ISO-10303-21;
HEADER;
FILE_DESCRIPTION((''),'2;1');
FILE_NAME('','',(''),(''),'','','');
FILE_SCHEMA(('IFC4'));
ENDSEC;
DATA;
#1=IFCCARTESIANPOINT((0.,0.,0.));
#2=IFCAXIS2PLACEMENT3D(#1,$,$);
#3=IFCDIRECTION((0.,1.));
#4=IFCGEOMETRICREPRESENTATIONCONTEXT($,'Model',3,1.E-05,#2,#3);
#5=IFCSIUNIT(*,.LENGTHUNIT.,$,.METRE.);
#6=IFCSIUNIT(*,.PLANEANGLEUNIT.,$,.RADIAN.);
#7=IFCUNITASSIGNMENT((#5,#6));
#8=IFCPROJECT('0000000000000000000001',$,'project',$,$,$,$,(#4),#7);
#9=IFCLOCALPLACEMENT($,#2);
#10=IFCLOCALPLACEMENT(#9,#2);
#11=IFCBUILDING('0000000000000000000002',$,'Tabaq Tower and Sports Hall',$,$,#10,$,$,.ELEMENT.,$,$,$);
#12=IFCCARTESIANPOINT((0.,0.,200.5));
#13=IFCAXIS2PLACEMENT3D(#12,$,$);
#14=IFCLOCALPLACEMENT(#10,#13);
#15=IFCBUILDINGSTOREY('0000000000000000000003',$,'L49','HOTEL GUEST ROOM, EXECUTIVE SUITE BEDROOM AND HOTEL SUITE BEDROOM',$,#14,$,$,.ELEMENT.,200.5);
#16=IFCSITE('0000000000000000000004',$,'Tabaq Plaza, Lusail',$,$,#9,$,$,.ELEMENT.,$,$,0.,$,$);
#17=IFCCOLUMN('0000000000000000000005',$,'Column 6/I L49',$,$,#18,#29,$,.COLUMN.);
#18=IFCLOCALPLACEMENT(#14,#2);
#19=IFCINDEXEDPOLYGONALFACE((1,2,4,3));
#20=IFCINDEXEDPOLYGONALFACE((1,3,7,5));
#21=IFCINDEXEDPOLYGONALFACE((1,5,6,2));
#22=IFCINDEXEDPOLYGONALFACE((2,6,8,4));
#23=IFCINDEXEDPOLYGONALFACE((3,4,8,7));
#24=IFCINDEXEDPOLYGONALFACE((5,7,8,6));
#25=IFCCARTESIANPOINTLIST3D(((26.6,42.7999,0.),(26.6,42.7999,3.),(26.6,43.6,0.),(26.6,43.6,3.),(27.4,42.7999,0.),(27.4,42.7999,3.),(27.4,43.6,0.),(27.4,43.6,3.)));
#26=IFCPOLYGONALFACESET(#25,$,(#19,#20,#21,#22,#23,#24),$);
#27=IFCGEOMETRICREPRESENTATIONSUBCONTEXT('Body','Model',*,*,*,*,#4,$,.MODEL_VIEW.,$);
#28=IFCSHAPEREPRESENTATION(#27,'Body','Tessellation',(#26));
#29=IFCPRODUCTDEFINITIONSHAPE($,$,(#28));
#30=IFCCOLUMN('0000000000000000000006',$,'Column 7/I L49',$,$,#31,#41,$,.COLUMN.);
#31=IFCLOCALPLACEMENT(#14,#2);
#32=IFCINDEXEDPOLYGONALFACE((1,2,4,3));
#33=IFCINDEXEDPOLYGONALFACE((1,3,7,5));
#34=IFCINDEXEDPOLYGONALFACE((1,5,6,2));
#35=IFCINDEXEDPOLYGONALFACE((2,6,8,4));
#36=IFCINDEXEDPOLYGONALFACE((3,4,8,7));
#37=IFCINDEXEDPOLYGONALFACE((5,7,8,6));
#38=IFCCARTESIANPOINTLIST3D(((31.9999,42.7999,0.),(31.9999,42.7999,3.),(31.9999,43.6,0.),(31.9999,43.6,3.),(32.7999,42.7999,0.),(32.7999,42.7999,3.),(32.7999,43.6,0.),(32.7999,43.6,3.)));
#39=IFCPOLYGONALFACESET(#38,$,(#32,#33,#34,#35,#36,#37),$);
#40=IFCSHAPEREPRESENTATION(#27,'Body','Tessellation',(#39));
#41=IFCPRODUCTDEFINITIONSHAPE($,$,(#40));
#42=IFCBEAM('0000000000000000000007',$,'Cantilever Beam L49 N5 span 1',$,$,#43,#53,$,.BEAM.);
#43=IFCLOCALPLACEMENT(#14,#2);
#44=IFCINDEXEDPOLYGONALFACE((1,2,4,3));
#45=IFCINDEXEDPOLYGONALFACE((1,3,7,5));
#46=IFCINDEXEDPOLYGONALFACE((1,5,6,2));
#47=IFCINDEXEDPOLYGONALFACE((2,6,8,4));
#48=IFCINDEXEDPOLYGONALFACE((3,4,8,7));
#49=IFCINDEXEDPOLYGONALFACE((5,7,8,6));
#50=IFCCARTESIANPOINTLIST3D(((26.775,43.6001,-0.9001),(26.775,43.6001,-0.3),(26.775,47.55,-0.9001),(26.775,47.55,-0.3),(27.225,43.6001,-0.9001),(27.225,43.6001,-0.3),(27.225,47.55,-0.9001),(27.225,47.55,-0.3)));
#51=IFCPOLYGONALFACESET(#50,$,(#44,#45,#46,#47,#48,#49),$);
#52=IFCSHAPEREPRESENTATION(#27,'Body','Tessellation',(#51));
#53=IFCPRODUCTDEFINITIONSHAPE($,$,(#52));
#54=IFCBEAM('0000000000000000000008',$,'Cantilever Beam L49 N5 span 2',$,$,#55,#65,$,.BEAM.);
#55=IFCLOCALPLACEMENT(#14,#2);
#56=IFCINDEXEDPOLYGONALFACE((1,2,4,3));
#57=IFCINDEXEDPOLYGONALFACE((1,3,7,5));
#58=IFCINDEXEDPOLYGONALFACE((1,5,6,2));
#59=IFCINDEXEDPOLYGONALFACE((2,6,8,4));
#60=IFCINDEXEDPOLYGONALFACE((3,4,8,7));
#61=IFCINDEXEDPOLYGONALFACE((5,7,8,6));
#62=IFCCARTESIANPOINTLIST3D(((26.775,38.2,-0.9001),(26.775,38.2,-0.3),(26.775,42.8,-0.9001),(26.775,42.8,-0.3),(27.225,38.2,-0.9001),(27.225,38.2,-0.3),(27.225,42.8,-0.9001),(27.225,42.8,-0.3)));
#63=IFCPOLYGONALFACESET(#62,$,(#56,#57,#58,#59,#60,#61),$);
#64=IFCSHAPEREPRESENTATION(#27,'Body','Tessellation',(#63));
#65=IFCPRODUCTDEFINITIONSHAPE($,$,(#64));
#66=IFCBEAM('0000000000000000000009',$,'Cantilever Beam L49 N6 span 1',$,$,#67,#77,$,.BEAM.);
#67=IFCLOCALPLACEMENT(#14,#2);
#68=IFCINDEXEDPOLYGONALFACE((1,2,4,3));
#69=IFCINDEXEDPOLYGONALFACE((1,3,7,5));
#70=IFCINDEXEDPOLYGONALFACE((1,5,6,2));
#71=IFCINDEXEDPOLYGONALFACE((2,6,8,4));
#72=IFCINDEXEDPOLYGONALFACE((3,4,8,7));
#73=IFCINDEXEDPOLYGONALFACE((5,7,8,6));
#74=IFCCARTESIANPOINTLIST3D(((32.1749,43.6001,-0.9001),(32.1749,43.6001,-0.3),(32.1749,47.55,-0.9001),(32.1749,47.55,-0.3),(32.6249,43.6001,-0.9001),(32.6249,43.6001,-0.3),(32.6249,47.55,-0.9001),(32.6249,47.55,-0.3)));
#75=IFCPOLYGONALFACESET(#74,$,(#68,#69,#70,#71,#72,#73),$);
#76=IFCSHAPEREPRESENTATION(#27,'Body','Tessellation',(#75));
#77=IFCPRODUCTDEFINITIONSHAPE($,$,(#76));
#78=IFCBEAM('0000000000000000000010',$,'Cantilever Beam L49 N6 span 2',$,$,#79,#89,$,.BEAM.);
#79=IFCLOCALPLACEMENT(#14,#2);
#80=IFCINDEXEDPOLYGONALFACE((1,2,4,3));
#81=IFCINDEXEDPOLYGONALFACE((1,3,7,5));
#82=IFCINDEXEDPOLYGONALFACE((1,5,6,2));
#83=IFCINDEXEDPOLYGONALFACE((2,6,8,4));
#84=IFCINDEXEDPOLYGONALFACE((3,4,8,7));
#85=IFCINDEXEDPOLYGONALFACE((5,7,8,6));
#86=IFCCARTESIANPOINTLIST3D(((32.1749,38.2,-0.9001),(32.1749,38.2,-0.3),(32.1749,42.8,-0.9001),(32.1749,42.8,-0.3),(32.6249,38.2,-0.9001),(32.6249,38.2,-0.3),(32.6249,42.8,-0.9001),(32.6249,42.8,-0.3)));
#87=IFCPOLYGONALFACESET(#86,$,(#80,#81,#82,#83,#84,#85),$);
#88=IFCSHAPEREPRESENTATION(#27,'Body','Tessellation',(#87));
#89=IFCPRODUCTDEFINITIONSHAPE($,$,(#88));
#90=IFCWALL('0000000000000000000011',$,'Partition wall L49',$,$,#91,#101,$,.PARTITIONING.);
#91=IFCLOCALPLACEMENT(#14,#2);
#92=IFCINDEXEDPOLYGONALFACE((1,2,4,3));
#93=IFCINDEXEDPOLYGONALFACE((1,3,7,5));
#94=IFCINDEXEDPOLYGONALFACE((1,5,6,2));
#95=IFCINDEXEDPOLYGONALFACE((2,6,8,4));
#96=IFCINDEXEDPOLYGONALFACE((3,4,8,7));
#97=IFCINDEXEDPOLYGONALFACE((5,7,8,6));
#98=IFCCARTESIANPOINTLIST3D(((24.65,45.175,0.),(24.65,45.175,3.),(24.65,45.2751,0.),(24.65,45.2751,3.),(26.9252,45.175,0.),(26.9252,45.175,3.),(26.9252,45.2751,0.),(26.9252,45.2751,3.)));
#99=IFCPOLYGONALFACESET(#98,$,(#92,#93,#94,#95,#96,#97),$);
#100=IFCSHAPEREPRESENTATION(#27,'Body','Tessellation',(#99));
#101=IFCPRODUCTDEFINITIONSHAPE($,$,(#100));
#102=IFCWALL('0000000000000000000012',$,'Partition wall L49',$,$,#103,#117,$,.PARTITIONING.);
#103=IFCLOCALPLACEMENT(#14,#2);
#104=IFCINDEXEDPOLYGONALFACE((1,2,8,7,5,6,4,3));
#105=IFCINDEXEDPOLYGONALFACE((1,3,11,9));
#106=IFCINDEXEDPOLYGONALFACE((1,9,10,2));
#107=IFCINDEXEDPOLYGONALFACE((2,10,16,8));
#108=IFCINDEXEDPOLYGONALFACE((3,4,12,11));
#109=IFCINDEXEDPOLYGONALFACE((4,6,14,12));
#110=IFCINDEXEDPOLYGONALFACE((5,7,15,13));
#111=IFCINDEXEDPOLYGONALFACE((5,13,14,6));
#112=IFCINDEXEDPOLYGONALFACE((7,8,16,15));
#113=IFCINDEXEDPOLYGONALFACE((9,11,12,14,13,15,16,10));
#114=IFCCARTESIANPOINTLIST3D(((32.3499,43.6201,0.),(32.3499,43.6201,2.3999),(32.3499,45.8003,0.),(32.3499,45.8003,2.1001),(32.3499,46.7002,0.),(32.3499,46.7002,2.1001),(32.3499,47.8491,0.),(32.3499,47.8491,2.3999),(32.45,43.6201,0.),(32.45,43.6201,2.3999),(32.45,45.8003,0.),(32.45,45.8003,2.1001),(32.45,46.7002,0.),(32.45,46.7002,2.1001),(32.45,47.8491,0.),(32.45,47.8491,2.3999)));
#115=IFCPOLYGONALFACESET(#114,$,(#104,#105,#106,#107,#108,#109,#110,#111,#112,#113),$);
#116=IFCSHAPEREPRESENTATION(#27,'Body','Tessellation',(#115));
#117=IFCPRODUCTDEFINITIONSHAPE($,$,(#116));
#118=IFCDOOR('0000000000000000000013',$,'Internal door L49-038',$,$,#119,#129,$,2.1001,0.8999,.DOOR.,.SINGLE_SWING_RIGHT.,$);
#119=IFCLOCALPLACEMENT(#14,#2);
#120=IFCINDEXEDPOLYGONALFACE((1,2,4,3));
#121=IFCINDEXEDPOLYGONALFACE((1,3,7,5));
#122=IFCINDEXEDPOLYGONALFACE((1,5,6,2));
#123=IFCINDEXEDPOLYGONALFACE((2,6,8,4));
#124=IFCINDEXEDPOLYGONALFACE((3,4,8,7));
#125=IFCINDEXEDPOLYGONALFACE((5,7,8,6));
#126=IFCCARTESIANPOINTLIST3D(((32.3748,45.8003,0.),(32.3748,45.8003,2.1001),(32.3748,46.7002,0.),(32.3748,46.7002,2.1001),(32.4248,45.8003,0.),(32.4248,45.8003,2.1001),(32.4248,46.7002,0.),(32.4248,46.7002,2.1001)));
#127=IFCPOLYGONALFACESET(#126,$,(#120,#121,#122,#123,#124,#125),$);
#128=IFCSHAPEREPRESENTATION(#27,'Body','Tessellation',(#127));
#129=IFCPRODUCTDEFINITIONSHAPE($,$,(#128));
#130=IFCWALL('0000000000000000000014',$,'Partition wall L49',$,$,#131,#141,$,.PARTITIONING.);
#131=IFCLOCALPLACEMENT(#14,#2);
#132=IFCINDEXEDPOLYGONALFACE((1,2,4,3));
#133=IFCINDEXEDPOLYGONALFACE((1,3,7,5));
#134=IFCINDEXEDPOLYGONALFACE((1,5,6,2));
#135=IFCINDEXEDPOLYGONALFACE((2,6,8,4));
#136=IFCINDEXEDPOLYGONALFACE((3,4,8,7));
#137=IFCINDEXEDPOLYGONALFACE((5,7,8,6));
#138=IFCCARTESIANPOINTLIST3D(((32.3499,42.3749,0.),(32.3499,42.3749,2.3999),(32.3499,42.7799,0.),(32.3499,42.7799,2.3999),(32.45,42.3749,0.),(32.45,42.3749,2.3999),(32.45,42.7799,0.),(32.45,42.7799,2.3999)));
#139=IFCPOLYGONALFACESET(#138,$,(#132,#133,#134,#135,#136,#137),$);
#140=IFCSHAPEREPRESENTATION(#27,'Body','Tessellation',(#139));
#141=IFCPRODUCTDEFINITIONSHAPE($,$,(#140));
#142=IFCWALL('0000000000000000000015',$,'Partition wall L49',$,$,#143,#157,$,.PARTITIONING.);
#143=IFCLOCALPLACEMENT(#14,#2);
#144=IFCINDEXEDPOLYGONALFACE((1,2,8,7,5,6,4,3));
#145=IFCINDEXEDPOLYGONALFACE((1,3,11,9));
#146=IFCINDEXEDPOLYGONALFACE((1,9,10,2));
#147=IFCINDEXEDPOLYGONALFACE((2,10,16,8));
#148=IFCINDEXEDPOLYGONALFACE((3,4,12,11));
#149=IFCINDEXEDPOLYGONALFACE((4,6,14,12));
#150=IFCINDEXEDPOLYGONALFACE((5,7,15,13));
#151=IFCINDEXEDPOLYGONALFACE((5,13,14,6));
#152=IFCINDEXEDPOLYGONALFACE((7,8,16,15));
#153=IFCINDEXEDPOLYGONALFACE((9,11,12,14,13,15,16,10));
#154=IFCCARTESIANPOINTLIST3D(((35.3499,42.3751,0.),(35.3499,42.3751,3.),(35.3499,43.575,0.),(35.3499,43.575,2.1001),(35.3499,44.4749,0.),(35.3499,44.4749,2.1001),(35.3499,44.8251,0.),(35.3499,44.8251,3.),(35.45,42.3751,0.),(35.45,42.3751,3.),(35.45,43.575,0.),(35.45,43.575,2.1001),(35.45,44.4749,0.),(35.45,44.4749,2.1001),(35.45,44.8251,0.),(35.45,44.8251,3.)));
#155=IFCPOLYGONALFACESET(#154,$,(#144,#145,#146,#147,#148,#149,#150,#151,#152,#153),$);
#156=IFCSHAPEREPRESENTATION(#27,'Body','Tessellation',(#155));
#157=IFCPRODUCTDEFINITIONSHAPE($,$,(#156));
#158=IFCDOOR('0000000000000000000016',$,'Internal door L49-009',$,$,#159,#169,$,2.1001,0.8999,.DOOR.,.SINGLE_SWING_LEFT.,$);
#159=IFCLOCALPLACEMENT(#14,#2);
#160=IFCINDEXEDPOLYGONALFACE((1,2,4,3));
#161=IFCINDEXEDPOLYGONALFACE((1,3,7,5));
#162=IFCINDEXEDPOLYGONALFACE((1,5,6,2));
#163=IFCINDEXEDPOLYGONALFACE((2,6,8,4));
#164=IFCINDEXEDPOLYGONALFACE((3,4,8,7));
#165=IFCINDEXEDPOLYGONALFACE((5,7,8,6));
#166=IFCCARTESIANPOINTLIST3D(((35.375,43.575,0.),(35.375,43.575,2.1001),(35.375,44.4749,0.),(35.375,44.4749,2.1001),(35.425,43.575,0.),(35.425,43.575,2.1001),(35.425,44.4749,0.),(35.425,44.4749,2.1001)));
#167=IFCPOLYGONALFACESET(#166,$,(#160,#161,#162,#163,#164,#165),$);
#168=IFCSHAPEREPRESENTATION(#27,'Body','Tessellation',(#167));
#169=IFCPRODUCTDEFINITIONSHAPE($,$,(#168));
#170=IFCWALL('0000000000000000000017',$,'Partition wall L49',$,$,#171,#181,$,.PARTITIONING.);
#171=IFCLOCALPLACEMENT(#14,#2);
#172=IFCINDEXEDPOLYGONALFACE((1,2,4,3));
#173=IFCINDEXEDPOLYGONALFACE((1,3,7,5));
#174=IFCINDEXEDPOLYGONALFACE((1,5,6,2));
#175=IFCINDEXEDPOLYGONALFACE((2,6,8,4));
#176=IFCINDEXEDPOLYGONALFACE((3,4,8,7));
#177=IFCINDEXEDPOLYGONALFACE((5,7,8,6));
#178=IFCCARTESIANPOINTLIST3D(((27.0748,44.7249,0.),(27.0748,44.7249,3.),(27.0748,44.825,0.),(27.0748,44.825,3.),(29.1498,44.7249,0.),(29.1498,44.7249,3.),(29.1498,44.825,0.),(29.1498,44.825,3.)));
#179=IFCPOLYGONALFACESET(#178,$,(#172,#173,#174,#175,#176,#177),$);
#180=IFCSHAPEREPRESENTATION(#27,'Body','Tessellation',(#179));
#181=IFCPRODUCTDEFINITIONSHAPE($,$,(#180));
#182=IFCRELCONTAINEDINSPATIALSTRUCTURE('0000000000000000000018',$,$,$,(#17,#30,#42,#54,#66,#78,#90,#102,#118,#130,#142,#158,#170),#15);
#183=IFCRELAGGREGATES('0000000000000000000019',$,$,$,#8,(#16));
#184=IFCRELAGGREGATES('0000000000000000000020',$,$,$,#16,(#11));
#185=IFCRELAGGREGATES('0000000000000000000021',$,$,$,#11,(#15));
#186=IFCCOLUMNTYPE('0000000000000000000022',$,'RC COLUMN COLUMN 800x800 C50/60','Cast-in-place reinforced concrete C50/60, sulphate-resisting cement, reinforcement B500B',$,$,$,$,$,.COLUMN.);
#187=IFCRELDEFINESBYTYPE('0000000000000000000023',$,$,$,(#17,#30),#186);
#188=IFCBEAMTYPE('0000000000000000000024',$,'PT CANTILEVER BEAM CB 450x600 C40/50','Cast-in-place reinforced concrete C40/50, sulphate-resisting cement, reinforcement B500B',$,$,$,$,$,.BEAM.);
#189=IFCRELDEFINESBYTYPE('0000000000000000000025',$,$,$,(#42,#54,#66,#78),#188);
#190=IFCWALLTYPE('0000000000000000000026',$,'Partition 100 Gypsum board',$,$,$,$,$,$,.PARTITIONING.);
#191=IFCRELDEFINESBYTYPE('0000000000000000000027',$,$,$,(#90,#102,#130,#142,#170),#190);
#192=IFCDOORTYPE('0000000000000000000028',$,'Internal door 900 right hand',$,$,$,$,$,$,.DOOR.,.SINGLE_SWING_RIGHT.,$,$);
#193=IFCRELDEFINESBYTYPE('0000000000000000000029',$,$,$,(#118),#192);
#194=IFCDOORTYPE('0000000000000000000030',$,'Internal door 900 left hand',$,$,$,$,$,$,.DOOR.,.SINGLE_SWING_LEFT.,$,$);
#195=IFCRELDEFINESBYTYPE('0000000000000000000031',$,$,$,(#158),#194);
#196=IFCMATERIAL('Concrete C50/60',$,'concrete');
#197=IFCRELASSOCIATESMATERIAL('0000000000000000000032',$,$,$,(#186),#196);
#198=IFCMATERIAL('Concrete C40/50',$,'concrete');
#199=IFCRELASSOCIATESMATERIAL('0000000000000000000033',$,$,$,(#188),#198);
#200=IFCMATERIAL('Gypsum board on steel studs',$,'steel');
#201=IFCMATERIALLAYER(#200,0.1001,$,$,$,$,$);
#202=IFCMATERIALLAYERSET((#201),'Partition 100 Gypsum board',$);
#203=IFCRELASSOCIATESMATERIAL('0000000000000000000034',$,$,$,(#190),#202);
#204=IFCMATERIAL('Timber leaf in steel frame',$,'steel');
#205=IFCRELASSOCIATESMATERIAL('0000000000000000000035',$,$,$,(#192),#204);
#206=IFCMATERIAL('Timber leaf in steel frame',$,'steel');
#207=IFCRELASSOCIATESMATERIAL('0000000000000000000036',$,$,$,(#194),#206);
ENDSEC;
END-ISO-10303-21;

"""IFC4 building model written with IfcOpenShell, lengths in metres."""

from ifc_helpers import new_model, si_unit, direction, frame, frame_2d, origin, origin_2d, place, context, subcontext, project, spatial, rectangle, extrude, material, layer, layer_set, material_profile, profile_set, type_object, element, fill, save


model = new_model("IFC4")

# Units and contexts
model_context = context("Model", 3, precision=1e-05, world=origin(), true_north=direction((0.0, 1.0)))
body_context = subcontext(model_context, "Body", "Model", "MODEL_VIEW")
ifc_project = project(units=[si_unit("LENGTHUNIT", "METRE"), si_unit("PLANEANGLEUNIT", "RADIAN")], contexts=[model_context])

# Site, building, storey
site_placement = place(None, origin())
site = spatial("IfcSite", under=ifc_project, at=site_placement, Name="Tabaq Plaza, Lusail", CompositionType="ELEMENT", RefElevation=0.0)
building_placement = place(site_placement, origin())
building = spatial("IfcBuilding", under=site, at=building_placement, Name="Tabaq Tower and Sports Hall", CompositionType="ELEMENT")
storey_placement = place(building_placement, frame((0.0, 0.0, 200.5)))
storey = spatial("IfcBuildingStorey", under=building, at=storey_placement, Name="L49", Description="HOTEL GUEST ROOM, EXECUTIVE SUITE BEDROOM AND HOTEL SUITE BEDROOM", CompositionType="ELEMENT", Elevation=200.5)

# Columns
ifc_material_1 = material(Name="Concrete C50/60", Category="concrete")
ifc_material_profile_1 = material_profile(ifc_material_1, rectangle(XDim=0.8, YDim=0.8, at=origin_2d()), Name="COLUMN 800x800")
ifc_profile_set_1 = profile_set([ifc_material_profile_1], Name="Concrete C50/60")
column_type = type_object("IfcColumnType", Name="RC COLUMN COLUMN 800x800 C50/60", Description="Cast-in-place reinforced concrete C50/60, sulphate-resisting cement, reinforcement B500B", PredefinedType="COLUMN", material=ifc_profile_set_1)
for number, where, z_axis, x_axis, name in (
    (1, (27.0, 43.2, 0.0), (0.0, 0.0, 1.0), (1.0, 0.0, 0.0), "Column 6/I L49"),
    (2, (32.3999, 43.2, 0.0), (0.0, 0.0, 1.0), (1.0, 0.0, 0.0), "Column 7/I L49"),
):
    element("IfcColumn", number, at=place(storey_placement, frame(where, z_axis=z_axis, x_axis=x_axis)), inside=storey, type_object=column_type, Name=name, PredefinedType="COLUMN", context=body_context, shape_type="SweptSolid", body=[
        extrude(rectangle(XDim=0.8, YDim=0.8, at=origin_2d()), origin(), (0.0, 0.0, 1.0), 3.0),
    ])

# Beams
ifc_material_2 = material(Name="Concrete C40/50", Category="concrete")
ifc_material_profile_2 = material_profile(ifc_material_2, rectangle(XDim=0.45, YDim=0.6001, at=origin_2d()), Name="CB 450x600")
ifc_profile_set_2 = profile_set([ifc_material_profile_2], Name="Concrete C40/50")
beam_type = type_object("IfcBeamType", Name="PT CANTILEVER BEAM CB 450x600 C40/50", Description="Cast-in-place reinforced concrete C40/50, sulphate-resisting cement, reinforcement B500B", PredefinedType="BEAM", material=ifc_profile_set_2)
beam_1_placement = place(storey_placement, frame((27.0, 47.55, -0.6001), z_axis=(0.0, -1.0, 0.0), x_axis=(1.0, 0.0, 0.0)))
element("IfcBeam", 3, at=beam_1_placement, inside=storey, type_object=beam_type, Name="Cantilever Beam L49 N5 span 1", PredefinedType="BEAM", context=body_context, shape_type="SweptSolid", body=[
    extrude(rectangle(XDim=0.45, YDim=0.6001, at=origin_2d()), origin(), (0.0, 0.0, 1.0), 3.95),
])
beam_2_placement = place(storey_placement, frame((27.0, 42.8, -0.6001), z_axis=(0.0, -1.0, 0.0), x_axis=(1.0, 0.0, 0.0)))
element("IfcBeam", 4, at=beam_2_placement, inside=storey, type_object=beam_type, Name="Cantilever Beam L49 N5 span 2", PredefinedType="BEAM", context=body_context, shape_type="SweptSolid", body=[
    extrude(rectangle(XDim=0.45, YDim=0.6001, at=origin_2d()), origin(), (0.0, 0.0, 1.0), 4.6001),
])
beam_3_placement = place(storey_placement, frame((32.3999, 47.55, -0.6001), z_axis=(0.0, -1.0, 0.0), x_axis=(1.0, 0.0, 0.0)))
element("IfcBeam", 5, at=beam_3_placement, inside=storey, type_object=beam_type, Name="Cantilever Beam L49 N6 span 1", PredefinedType="BEAM", context=body_context, shape_type="SweptSolid", body=[
    extrude(rectangle(XDim=0.45, YDim=0.6001, at=origin_2d()), origin(), (0.0, 0.0, 1.0), 3.95),
])
beam_4_placement = place(storey_placement, frame((32.3999, 42.8, -0.6001), z_axis=(0.0, -1.0, 0.0), x_axis=(1.0, 0.0, 0.0)))
element("IfcBeam", 6, at=beam_4_placement, inside=storey, type_object=beam_type, Name="Cantilever Beam L49 N6 span 2", PredefinedType="BEAM", context=body_context, shape_type="SweptSolid", body=[
    extrude(rectangle(XDim=0.45, YDim=0.6001, at=origin_2d()), origin(), (0.0, 0.0, 1.0), 4.6001),
])

# Wall
ifc_material_3 = material(Name="Gypsum board on steel studs", Category="steel")
ifc_layer_1 = layer(ifc_material_3, 0.1001)
ifc_layer_set_1 = layer_set([ifc_layer_1], Name="Partition 100 Gypsum board")
wall_type_1 = type_object("IfcWallType", Name="Partition 100 Gypsum board", PredefinedType="PARTITIONING", material=ifc_layer_set_1)
wall_1_placement = place(storey_placement, frame((24.6499, 45.2251, 0.0), z_axis=(0.0, 0.0, 1.0), x_axis=(1.0, 0.0, 0.0)))
element("IfcWall", 7, at=wall_1_placement, inside=storey, type_object=wall_type_1, Name="Partition wall L49", PredefinedType="PARTITIONING", context=body_context, shape_type="SweptSolid", body=[
    extrude(rectangle(XDim=2.2751, YDim=0.1001, at=frame_2d((1.1377, 0.0))), origin(), (0.0, 0.0, 1.0), 3.0),
])

# Wall, opening, door
wall_2_placement = place(storey_placement, frame((32.3999, 47.8491, 0.0), z_axis=(0.0, 0.0, 1.0), x_axis=(0.0, -1.0, 0.0)))
wall_2 = element("IfcWall", 8, at=wall_2_placement, inside=storey, type_object=wall_type_1, Name="Partition wall L49", PredefinedType="PARTITIONING", context=body_context, shape_type="SweptSolid", body=[
    extrude(rectangle(XDim=4.229, YDim=0.1001, at=frame_2d((2.1145, 0.0))), origin(), (0.0, 0.0, 1.0), 2.3999),
])
opening_1_placement = place(wall_2_placement, frame((1.1489, 0.0, 0.0)))
opening_1 = element("IfcOpeningElement", 9, at=opening_1_placement, cuts=wall_2, PredefinedType="OPENING", context=body_context, shape_type="SweptSolid", body=[
    extrude(rectangle(XDim=0.8999, YDim=2.1001, at=frame_2d((0.45, 1.05))), frame((0.0, 0.05, 0.0), z_axis=(0.0, -1.0, 0.0), x_axis=(1.0, 0.0, 0.0)), (0.0, 0.0, 1.0), 0.1001),
])
ifc_material_4 = material(Name="Timber leaf in steel frame", Category="steel")
door_type_1 = type_object("IfcDoorType", Name="Internal door 900 right hand", OperationType="SINGLE_SWING_RIGHT", PredefinedType="DOOR", material=ifc_material_4)
door_1_placement = place(opening_1_placement, origin())
door_1 = element("IfcDoor", 10, at=door_1_placement, inside=storey, type_object=door_type_1, Name="Internal door L49-038", OperationType="SINGLE_SWING_RIGHT", OverallHeight=2.1001, OverallWidth=0.8999, PredefinedType="DOOR", context=body_context, shape_type="SweptSolid", body=[
    extrude(rectangle(XDim=0.8999, YDim=2.1001, at=frame_2d((0.45, 1.05))), frame((0.0, 0.0249, 0.0), z_axis=(0.0, -1.0, 0.0), x_axis=(1.0, 0.0, 0.0)), (0.0, 0.0, 1.0), 0.05),
])
fill(opening_1, door_1)

# Wall
wall_3_placement = place(storey_placement, frame((32.3999, 42.78, 0.0), z_axis=(0.0, 0.0, 1.0), x_axis=(0.0, -1.0, 0.0)))
element("IfcWall", 11, at=wall_3_placement, inside=storey, type_object=wall_type_1, Name="Partition wall L49", PredefinedType="PARTITIONING", context=body_context, shape_type="SweptSolid", body=[
    extrude(rectangle(XDim=0.405, YDim=0.1001, at=frame_2d((0.2026, 0.0))), origin(), (0.0, 0.0, 1.0), 2.3999),
])

# Wall, opening, door
wall_4_placement = place(storey_placement, frame((35.3999, 42.375, 0.0), z_axis=(0.0, 0.0, 1.0), x_axis=(0.0, 1.0, 0.0)))
wall_4 = element("IfcWall", 12, at=wall_4_placement, inside=storey, type_object=wall_type_1, Name="Partition wall L49", PredefinedType="PARTITIONING", context=body_context, shape_type="SweptSolid", body=[
    extrude(rectangle(XDim=2.45, YDim=0.1001, at=frame_2d((1.2251, 0.0))), origin(), (0.0, 0.0, 1.0), 3.0),
])
opening_2_placement = place(wall_4_placement, frame((1.2, 0.0, 0.0)))
opening_2 = element("IfcOpeningElement", 13, at=opening_2_placement, cuts=wall_4, PredefinedType="OPENING", context=body_context, shape_type="SweptSolid", body=[
    extrude(rectangle(XDim=0.8999, YDim=2.1001, at=frame_2d((0.45, 1.05))), frame((0.0, 0.05, 0.0), z_axis=(0.0, -1.0, 0.0), x_axis=(1.0, 0.0, 0.0)), (0.0, 0.0, 1.0), 0.1001),
])
ifc_material_5 = material(Name="Timber leaf in steel frame", Category="steel")
door_type_2 = type_object("IfcDoorType", Name="Internal door 900 left hand", OperationType="SINGLE_SWING_LEFT", PredefinedType="DOOR", material=ifc_material_5)
door_2_placement = place(opening_2_placement, origin())
door_2 = element("IfcDoor", 14, at=door_2_placement, inside=storey, type_object=door_type_2, Name="Internal door L49-009", OperationType="SINGLE_SWING_LEFT", OverallHeight=2.1001, OverallWidth=0.8999, PredefinedType="DOOR", context=body_context, shape_type="SweptSolid", body=[
    extrude(rectangle(XDim=0.8999, YDim=2.1001, at=frame_2d((0.45, 1.05))), frame((0.0, 0.0249, 0.0), z_axis=(0.0, -1.0, 0.0), x_axis=(1.0, 0.0, 0.0)), (0.0, 0.0, 1.0), 0.05),
])
fill(opening_2, door_2)

# Wall
wall_5_placement = place(storey_placement, frame((29.1499, 44.7749, 0.0), z_axis=(0.0, 0.0, 1.0), x_axis=(-1.0, 0.0, 0.0)))
element("IfcWall", 15, at=wall_5_placement, inside=storey, type_object=wall_type_1, Name="Partition wall L49", PredefinedType="PARTITIONING", context=body_context, shape_type="SweptSolid", body=[
    extrude(rectangle(XDim=2.075, YDim=0.1001, at=frame_2d((1.0376, 0.0))), origin(), (0.0, 0.0, 1.0), 3.0),
])

save(model, "model.ifc")
